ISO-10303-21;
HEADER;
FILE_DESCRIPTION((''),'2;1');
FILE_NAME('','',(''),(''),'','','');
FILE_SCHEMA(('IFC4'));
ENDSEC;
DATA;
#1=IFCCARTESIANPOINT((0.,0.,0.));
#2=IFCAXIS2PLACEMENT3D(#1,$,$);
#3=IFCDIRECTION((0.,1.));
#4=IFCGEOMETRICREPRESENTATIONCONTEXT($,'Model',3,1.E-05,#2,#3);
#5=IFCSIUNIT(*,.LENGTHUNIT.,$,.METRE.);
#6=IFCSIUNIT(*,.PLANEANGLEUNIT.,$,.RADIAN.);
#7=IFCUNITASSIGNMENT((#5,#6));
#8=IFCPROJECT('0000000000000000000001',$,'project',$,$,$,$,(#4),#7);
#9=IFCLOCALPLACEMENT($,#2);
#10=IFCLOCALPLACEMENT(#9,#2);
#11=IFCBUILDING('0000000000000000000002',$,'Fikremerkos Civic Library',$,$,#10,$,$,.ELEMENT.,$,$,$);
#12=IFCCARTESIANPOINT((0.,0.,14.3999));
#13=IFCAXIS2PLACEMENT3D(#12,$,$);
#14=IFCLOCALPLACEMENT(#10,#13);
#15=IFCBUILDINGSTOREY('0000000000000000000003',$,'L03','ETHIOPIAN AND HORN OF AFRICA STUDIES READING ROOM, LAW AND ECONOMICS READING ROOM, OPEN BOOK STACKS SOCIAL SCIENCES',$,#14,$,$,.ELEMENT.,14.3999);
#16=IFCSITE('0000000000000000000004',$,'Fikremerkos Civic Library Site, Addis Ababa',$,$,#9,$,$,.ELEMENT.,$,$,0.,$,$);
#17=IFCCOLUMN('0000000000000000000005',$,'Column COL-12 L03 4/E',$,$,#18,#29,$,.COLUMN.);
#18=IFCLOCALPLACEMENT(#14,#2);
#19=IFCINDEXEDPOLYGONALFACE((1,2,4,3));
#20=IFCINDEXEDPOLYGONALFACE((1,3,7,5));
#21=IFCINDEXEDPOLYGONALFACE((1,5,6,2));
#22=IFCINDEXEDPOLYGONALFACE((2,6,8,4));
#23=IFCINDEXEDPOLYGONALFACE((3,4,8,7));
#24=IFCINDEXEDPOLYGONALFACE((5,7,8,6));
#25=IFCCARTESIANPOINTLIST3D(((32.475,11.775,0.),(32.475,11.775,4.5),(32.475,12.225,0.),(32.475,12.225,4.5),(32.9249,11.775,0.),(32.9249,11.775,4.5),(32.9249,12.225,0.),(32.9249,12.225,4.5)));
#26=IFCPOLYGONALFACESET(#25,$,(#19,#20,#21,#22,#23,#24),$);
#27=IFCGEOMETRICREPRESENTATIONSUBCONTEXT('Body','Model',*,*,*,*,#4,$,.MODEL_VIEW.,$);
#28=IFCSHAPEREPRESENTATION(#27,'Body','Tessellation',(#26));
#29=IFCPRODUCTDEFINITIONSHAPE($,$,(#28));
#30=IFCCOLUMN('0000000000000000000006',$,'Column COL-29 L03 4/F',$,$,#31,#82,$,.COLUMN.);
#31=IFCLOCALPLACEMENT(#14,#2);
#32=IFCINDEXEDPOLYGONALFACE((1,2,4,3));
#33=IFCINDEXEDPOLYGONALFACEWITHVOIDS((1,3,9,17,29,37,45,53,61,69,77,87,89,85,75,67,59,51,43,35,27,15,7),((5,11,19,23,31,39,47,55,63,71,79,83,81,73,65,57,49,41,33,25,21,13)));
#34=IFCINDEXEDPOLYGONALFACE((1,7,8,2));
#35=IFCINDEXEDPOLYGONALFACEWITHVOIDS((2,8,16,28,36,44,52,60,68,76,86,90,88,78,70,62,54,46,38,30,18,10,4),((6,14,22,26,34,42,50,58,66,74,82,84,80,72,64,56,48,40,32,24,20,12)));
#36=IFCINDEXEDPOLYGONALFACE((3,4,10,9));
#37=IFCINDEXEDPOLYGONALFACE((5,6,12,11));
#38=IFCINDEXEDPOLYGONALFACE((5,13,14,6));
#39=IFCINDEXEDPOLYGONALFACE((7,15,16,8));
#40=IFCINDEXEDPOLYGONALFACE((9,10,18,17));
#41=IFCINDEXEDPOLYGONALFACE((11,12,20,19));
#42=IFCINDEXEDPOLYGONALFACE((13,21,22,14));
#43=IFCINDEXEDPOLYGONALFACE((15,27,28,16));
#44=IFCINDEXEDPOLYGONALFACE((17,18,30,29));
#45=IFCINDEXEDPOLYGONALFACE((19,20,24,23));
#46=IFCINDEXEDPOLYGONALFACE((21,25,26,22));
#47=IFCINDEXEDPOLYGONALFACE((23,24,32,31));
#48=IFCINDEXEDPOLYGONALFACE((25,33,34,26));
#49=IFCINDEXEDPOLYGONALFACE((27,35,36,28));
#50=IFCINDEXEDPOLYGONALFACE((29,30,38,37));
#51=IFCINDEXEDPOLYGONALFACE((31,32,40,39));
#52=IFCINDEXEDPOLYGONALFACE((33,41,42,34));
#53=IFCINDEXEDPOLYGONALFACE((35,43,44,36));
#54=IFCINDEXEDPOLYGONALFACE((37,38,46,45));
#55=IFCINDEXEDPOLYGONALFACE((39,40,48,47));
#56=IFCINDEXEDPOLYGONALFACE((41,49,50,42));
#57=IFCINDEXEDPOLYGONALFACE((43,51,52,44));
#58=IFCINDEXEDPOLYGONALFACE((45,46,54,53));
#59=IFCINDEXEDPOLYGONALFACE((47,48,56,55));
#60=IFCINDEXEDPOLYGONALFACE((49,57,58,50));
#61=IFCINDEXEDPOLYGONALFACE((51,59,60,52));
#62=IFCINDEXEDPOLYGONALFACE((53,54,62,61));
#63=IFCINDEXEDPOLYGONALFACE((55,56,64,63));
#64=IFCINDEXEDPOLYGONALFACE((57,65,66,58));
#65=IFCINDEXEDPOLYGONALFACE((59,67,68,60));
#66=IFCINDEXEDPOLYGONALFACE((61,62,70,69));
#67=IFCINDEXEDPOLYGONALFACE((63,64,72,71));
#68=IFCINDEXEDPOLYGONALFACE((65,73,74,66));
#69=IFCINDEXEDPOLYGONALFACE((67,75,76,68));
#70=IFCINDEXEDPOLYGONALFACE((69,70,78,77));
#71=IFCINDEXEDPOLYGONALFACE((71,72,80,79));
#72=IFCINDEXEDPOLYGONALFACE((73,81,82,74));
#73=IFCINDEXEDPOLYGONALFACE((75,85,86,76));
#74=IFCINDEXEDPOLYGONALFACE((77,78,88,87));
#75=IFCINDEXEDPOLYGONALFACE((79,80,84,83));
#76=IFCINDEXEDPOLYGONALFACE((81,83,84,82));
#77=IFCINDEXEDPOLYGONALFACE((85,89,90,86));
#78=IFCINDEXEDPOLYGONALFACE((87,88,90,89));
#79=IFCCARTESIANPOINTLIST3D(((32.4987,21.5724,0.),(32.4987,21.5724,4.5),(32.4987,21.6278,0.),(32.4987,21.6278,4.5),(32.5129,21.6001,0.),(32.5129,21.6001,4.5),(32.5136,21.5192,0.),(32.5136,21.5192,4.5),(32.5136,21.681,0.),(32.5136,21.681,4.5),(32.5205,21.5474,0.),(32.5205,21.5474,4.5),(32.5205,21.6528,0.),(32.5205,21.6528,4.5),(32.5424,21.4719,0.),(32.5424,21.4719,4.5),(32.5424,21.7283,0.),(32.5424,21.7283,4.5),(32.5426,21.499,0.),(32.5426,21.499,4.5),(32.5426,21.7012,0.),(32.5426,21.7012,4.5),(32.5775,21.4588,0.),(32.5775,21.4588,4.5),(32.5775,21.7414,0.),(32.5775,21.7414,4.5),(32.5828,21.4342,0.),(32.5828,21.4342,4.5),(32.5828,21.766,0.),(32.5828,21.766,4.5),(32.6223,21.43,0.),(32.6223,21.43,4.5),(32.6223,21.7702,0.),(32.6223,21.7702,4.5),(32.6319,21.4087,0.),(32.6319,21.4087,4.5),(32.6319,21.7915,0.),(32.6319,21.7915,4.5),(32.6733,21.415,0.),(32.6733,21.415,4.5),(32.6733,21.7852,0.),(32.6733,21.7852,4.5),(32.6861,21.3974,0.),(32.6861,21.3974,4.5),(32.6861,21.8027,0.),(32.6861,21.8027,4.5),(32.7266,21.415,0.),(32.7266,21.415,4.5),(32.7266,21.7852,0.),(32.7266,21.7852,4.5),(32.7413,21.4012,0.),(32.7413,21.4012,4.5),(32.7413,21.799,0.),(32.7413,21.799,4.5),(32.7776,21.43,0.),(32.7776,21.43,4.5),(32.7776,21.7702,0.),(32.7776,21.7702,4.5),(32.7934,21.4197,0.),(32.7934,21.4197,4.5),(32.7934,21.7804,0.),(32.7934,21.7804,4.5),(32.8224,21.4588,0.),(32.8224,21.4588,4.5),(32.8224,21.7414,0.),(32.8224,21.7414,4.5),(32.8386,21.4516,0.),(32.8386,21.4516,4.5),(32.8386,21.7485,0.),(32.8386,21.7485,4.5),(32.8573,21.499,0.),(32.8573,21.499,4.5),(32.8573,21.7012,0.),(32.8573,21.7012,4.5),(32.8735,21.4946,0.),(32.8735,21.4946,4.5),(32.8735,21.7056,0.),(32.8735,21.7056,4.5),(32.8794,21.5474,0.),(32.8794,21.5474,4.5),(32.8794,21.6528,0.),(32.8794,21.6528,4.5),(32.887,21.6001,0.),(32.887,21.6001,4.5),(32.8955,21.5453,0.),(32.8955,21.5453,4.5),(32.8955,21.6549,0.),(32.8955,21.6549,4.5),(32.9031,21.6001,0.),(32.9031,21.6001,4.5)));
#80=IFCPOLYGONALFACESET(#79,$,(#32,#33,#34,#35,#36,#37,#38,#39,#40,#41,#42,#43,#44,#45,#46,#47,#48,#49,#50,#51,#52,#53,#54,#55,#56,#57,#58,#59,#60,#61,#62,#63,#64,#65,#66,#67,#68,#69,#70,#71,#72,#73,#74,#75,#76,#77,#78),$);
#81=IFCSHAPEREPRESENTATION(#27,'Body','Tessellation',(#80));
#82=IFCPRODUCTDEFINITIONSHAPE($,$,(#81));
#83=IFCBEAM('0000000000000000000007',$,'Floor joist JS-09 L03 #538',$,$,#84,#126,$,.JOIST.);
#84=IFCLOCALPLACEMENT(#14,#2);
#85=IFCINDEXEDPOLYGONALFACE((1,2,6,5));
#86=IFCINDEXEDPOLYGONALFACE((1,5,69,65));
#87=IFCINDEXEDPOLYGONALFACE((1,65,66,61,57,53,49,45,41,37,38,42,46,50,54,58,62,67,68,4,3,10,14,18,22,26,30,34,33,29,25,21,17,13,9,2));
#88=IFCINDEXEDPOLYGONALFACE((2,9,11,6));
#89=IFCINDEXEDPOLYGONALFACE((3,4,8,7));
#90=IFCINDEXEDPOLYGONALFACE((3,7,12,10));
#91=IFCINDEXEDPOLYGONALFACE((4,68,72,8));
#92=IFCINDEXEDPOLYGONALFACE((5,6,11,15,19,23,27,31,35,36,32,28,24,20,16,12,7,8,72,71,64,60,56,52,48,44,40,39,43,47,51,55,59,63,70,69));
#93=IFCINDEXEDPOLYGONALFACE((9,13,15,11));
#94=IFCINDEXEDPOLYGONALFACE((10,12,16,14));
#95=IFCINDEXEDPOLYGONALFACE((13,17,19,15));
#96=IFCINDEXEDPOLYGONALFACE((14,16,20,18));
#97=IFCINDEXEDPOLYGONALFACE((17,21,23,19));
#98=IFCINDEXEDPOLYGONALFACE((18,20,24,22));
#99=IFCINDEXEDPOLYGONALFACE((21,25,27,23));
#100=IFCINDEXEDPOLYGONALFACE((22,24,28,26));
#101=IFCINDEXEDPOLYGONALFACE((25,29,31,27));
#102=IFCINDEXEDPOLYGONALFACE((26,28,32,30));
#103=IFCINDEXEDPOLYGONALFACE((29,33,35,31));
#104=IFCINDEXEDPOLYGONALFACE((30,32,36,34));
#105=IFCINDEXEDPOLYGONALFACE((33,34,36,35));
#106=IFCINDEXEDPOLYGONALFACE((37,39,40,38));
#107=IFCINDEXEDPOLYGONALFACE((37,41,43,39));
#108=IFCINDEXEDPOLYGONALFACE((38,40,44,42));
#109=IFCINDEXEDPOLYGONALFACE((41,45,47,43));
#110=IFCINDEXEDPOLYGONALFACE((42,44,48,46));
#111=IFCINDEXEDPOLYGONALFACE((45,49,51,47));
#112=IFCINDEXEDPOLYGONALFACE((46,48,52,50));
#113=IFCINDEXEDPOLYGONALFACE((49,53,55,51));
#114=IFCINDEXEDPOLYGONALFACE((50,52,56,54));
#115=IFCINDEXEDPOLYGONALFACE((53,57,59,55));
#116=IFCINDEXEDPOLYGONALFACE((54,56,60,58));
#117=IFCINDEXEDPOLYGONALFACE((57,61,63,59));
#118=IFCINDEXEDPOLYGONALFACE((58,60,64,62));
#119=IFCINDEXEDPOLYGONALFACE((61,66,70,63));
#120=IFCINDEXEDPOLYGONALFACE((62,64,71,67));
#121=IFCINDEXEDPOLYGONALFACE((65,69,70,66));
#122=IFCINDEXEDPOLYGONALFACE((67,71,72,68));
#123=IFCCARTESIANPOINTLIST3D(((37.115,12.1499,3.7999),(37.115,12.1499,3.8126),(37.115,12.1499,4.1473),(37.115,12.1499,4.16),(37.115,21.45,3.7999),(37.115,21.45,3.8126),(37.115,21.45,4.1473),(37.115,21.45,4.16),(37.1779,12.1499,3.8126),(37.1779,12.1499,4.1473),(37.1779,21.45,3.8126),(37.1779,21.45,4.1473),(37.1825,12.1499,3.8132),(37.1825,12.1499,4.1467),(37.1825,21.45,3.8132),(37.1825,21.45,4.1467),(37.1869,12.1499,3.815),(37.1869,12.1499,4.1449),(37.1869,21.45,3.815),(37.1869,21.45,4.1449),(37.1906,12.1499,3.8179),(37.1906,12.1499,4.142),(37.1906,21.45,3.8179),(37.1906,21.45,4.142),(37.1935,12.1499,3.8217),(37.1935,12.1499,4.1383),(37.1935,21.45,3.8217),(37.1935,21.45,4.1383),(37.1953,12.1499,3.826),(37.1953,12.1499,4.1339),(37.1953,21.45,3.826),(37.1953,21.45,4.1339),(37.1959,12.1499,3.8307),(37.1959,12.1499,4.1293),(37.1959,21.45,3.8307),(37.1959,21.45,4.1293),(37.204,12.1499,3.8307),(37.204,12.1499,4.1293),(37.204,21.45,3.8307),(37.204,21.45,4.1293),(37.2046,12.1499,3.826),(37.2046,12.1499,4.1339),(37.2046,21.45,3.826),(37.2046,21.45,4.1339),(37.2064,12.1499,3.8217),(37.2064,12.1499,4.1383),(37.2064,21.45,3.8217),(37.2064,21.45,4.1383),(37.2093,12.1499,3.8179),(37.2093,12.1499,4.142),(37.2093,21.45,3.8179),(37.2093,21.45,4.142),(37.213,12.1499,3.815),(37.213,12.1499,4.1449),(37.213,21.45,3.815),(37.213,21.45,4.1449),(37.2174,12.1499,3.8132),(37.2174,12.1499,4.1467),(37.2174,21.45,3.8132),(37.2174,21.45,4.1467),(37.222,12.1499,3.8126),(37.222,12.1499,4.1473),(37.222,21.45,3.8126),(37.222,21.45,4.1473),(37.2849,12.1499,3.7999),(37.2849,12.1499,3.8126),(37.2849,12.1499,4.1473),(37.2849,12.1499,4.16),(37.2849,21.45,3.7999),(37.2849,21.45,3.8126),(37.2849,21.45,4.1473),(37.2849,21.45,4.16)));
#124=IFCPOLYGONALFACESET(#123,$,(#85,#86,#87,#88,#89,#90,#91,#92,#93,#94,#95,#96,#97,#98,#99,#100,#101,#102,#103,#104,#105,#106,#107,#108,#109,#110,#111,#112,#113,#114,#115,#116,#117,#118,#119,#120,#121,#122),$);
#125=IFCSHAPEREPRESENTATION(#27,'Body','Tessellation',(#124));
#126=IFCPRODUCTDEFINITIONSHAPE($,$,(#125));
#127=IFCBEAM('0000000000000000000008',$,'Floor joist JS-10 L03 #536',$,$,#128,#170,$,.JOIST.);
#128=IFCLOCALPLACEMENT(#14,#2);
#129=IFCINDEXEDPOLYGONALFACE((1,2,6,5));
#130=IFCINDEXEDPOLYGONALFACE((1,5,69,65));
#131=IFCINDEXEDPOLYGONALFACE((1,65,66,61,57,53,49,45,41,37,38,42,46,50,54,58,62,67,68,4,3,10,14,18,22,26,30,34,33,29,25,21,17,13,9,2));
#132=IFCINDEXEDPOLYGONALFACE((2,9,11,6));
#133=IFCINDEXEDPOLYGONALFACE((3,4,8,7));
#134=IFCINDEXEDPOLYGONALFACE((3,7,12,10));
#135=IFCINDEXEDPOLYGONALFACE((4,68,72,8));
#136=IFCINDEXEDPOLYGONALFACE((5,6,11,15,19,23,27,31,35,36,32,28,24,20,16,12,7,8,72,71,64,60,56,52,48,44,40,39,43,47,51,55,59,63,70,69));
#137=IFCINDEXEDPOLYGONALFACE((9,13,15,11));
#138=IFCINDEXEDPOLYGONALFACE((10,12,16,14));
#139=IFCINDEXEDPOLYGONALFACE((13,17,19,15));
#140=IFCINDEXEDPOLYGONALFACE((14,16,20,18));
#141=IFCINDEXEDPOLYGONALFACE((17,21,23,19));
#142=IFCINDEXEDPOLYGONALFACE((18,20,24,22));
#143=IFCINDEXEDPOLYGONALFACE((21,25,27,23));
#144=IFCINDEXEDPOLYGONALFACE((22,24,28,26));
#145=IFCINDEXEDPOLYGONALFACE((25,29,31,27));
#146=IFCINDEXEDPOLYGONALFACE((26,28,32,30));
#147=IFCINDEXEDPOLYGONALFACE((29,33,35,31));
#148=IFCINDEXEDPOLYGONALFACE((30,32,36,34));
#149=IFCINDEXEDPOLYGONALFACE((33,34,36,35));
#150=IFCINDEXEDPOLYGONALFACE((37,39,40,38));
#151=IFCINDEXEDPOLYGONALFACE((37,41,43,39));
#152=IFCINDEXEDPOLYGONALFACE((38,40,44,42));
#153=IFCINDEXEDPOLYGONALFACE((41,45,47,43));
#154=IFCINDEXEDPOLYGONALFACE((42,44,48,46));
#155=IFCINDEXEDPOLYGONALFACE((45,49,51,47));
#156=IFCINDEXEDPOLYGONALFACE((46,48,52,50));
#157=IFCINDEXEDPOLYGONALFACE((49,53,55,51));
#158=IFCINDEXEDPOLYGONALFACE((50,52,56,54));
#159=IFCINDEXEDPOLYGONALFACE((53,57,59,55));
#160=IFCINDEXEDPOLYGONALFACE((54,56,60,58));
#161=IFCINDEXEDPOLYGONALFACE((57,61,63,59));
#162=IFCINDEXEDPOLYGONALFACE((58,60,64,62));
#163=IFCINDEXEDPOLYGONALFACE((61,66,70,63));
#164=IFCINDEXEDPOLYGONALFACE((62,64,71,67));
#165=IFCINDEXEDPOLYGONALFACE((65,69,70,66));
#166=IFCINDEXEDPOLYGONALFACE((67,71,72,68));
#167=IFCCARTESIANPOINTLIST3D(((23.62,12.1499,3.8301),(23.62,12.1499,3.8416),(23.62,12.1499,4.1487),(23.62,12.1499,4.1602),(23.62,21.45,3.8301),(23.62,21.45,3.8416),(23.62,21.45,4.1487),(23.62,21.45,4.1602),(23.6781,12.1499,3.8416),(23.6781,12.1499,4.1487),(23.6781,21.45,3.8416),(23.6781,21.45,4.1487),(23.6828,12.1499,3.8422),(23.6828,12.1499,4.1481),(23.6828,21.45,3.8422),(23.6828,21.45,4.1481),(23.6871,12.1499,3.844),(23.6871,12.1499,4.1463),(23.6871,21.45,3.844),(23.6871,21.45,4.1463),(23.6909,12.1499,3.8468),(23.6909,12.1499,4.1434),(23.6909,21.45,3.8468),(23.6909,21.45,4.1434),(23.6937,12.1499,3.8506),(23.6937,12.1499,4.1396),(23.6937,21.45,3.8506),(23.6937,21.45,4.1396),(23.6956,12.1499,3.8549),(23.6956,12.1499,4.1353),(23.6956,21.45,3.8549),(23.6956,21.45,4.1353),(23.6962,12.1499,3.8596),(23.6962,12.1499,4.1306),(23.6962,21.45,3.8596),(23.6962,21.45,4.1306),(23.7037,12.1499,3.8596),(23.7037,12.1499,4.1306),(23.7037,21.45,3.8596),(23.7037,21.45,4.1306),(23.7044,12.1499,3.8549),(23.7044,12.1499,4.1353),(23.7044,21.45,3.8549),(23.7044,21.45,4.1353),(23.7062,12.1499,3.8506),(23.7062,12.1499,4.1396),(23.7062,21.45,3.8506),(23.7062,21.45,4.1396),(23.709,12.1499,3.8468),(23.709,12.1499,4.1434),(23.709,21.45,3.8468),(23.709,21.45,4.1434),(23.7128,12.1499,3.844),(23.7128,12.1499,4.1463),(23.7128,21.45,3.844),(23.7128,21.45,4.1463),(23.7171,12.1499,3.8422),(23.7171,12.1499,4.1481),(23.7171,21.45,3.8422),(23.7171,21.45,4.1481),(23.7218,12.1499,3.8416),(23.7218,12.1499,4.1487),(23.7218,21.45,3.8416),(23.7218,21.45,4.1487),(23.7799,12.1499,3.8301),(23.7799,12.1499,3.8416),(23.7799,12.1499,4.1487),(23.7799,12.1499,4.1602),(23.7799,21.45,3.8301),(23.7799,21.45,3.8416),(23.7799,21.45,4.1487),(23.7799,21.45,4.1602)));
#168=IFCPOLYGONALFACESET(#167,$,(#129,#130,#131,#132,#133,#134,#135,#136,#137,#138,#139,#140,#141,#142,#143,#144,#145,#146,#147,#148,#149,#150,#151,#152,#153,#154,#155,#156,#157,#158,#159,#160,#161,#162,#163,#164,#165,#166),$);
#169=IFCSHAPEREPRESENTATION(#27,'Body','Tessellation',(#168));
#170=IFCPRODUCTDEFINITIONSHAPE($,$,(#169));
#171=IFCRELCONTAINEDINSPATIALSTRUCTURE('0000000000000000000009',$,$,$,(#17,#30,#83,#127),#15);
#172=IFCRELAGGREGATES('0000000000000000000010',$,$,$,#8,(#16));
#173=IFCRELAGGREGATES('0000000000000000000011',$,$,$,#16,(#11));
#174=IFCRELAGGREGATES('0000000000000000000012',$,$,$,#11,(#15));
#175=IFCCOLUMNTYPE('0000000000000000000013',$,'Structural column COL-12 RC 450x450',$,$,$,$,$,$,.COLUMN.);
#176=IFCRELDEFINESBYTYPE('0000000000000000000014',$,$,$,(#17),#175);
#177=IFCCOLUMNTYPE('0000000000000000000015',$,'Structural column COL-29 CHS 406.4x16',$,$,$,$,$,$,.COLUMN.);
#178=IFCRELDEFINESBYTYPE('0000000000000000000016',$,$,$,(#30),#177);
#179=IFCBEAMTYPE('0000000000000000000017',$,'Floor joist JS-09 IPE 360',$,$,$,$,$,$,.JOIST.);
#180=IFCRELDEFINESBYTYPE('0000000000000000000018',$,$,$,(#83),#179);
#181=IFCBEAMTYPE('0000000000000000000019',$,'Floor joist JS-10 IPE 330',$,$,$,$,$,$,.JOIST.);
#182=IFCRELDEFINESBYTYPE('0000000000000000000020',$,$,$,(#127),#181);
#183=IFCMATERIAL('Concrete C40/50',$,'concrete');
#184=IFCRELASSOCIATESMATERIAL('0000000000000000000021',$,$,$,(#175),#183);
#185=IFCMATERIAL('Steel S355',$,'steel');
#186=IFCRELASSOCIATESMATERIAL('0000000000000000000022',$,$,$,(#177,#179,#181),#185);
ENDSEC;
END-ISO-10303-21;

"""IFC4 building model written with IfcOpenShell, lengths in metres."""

from ifc_helpers import new_model, si_unit, direction, frame, origin, origin_2d, place, context, subcontext, project, spatial, rectangle, hollow_circle, i_section, extrude, material, material_profile, profile_set, type_object, element, save


model = new_model("IFC4")

# Units and contexts
model_context = context("Model", 3, precision=1e-05, world=origin(), true_north=direction((0.0, 1.0)))
body_context = subcontext(model_context, "Body", "Model", "MODEL_VIEW")
ifc_project = project(units=[si_unit("LENGTHUNIT", "METRE"), si_unit("PLANEANGLEUNIT", "RADIAN")], contexts=[model_context])

# Site, building, storey
site_placement = place(None, origin())
site = spatial("IfcSite", under=ifc_project, at=site_placement, Name="Fikremerkos Civic Library Site, Addis Ababa", CompositionType="ELEMENT", RefElevation=0.0)
building_placement = place(site_placement, origin())
building = spatial("IfcBuilding", under=site, at=building_placement, Name="Fikremerkos Civic Library", CompositionType="ELEMENT")
storey_placement = place(building_placement, frame((0.0, 0.0, 14.3999)))
storey = spatial("IfcBuildingStorey", under=building, at=storey_placement, Name="L03", Description="ETHIOPIAN AND HORN OF AFRICA STUDIES READING ROOM, LAW AND ECONOMICS READING ROOM, OPEN BOOK STACKS SOCIAL SCIENCES", CompositionType="ELEMENT", Elevation=14.3999)

# Columns
ifc_material_1 = material(Name="Concrete C40/50", Category="concrete")
ifc_material_profile_1 = material_profile(ifc_material_1, rectangle(XDim=0.45, YDim=0.45, at=origin_2d()), Name="RC 450x450")
ifc_profile_set_1 = profile_set([ifc_material_profile_1], Name="Concrete C40/50")
column_type_1 = type_object("IfcColumnType", Name="Structural column COL-12 RC 450x450", PredefinedType="COLUMN", material=ifc_profile_set_1)
column_1_placement = place(storey_placement, frame((32.7, 12.0, 0.0), z_axis=(0.0, 0.0, 1.0), x_axis=(1.0, 0.0, 0.0)))
element("IfcColumn", 1, at=column_1_placement, inside=storey, type_object=column_type_1, Name="Column COL-12 L03 4/E", PredefinedType="COLUMN", context=body_context, shape_type="SweptSolid", body=[
    extrude(rectangle(XDim=0.45, YDim=0.45, at=origin_2d()), origin(), (0.0, 0.0, 1.0), 4.5),
])
ifc_material_2 = material(Name="Steel S355", Category="steel")
ifc_material_profile_2 = material_profile(ifc_material_2, hollow_circle(Radius=0.2031, WallThickness=0.0161, at=origin_2d()), Name="CHS 406.4x16")
ifc_profile_set_2 = profile_set([ifc_material_profile_2], Name="Steel S355")
column_type_2 = type_object("IfcColumnType", Name="Structural column COL-29 CHS 406.4x16", PredefinedType="COLUMN", material=ifc_profile_set_2)
column_2_placement = place(storey_placement, frame((32.7, 21.6001, 0.0), z_axis=(0.0, 0.0, 1.0), x_axis=(1.0, 0.0, 0.0)))
element("IfcColumn", 2, at=column_2_placement, inside=storey, type_object=column_type_2, Name="Column COL-29 L03 4/F", PredefinedType="COLUMN", context=body_context, shape_type="SweptSolid", body=[
    extrude(hollow_circle(Radius=0.2031, WallThickness=0.0161, at=origin_2d()), origin(), (0.0, 0.0, 1.0), 4.5),
])

# Beams
ifc_material_profile_3 = material_profile(ifc_material_2, i_section(OverallWidth=0.1699, OverallDepth=0.3601, WebThickness=0.0081, FlangeThickness=0.0127, FilletRadius=0.0181, at=origin_2d()), Name="IPE 360")
ifc_profile_set_3 = profile_set([ifc_material_profile_3], Name="Steel S355")
beam_type_1 = type_object("IfcBeamType", Name="Floor joist JS-09 IPE 360", PredefinedType="JOIST", material=ifc_profile_set_3)
beam_1_placement = place(storey_placement, frame((37.2, 12.1499, 3.98), z_axis=(0.0, 1.0, 0.0), x_axis=(-1.0, 0.0, 0.0)))
element("IfcBeam", 3, at=beam_1_placement, inside=storey, type_object=beam_type_1, Name="Floor joist JS-09 L03 #538", PredefinedType="JOIST", context=body_context, shape_type="SweptSolid", body=[
    extrude(i_section(OverallWidth=0.1699, OverallDepth=0.3601, WebThickness=0.0081, FlangeThickness=0.0127, FilletRadius=0.0181, at=origin_2d()), origin(), (0.0, 0.0, 1.0), 9.3),
])
ifc_material_profile_4 = material_profile(ifc_material_2, i_section(OverallWidth=0.1599, OverallDepth=0.3301, WebThickness=0.0076, FlangeThickness=0.0115, FilletRadius=0.0181, at=origin_2d()), Name="IPE 330")
ifc_profile_set_4 = profile_set([ifc_material_profile_4], Name="Steel S355")
beam_type_2 = type_object("IfcBeamType", Name="Floor joist JS-10 IPE 330", PredefinedType="JOIST", material=ifc_profile_set_4)
beam_2_placement = place(storey_placement, frame((23.7, 12.1499, 3.9951), z_axis=(0.0, 1.0, 0.0), x_axis=(-1.0, 0.0, 0.0)))
element("IfcBeam", 4, at=beam_2_placement, inside=storey, type_object=beam_type_2, Name="Floor joist JS-10 L03 #536", PredefinedType="JOIST", context=body_context, shape_type="SweptSolid", body=[
    extrude(i_section(OverallWidth=0.1599, OverallDepth=0.3301, WebThickness=0.0076, FlangeThickness=0.0115, FilletRadius=0.0181, at=origin_2d()), origin(), (0.0, 0.0, 1.0), 9.3),
])

save(model, "model.ifc")
